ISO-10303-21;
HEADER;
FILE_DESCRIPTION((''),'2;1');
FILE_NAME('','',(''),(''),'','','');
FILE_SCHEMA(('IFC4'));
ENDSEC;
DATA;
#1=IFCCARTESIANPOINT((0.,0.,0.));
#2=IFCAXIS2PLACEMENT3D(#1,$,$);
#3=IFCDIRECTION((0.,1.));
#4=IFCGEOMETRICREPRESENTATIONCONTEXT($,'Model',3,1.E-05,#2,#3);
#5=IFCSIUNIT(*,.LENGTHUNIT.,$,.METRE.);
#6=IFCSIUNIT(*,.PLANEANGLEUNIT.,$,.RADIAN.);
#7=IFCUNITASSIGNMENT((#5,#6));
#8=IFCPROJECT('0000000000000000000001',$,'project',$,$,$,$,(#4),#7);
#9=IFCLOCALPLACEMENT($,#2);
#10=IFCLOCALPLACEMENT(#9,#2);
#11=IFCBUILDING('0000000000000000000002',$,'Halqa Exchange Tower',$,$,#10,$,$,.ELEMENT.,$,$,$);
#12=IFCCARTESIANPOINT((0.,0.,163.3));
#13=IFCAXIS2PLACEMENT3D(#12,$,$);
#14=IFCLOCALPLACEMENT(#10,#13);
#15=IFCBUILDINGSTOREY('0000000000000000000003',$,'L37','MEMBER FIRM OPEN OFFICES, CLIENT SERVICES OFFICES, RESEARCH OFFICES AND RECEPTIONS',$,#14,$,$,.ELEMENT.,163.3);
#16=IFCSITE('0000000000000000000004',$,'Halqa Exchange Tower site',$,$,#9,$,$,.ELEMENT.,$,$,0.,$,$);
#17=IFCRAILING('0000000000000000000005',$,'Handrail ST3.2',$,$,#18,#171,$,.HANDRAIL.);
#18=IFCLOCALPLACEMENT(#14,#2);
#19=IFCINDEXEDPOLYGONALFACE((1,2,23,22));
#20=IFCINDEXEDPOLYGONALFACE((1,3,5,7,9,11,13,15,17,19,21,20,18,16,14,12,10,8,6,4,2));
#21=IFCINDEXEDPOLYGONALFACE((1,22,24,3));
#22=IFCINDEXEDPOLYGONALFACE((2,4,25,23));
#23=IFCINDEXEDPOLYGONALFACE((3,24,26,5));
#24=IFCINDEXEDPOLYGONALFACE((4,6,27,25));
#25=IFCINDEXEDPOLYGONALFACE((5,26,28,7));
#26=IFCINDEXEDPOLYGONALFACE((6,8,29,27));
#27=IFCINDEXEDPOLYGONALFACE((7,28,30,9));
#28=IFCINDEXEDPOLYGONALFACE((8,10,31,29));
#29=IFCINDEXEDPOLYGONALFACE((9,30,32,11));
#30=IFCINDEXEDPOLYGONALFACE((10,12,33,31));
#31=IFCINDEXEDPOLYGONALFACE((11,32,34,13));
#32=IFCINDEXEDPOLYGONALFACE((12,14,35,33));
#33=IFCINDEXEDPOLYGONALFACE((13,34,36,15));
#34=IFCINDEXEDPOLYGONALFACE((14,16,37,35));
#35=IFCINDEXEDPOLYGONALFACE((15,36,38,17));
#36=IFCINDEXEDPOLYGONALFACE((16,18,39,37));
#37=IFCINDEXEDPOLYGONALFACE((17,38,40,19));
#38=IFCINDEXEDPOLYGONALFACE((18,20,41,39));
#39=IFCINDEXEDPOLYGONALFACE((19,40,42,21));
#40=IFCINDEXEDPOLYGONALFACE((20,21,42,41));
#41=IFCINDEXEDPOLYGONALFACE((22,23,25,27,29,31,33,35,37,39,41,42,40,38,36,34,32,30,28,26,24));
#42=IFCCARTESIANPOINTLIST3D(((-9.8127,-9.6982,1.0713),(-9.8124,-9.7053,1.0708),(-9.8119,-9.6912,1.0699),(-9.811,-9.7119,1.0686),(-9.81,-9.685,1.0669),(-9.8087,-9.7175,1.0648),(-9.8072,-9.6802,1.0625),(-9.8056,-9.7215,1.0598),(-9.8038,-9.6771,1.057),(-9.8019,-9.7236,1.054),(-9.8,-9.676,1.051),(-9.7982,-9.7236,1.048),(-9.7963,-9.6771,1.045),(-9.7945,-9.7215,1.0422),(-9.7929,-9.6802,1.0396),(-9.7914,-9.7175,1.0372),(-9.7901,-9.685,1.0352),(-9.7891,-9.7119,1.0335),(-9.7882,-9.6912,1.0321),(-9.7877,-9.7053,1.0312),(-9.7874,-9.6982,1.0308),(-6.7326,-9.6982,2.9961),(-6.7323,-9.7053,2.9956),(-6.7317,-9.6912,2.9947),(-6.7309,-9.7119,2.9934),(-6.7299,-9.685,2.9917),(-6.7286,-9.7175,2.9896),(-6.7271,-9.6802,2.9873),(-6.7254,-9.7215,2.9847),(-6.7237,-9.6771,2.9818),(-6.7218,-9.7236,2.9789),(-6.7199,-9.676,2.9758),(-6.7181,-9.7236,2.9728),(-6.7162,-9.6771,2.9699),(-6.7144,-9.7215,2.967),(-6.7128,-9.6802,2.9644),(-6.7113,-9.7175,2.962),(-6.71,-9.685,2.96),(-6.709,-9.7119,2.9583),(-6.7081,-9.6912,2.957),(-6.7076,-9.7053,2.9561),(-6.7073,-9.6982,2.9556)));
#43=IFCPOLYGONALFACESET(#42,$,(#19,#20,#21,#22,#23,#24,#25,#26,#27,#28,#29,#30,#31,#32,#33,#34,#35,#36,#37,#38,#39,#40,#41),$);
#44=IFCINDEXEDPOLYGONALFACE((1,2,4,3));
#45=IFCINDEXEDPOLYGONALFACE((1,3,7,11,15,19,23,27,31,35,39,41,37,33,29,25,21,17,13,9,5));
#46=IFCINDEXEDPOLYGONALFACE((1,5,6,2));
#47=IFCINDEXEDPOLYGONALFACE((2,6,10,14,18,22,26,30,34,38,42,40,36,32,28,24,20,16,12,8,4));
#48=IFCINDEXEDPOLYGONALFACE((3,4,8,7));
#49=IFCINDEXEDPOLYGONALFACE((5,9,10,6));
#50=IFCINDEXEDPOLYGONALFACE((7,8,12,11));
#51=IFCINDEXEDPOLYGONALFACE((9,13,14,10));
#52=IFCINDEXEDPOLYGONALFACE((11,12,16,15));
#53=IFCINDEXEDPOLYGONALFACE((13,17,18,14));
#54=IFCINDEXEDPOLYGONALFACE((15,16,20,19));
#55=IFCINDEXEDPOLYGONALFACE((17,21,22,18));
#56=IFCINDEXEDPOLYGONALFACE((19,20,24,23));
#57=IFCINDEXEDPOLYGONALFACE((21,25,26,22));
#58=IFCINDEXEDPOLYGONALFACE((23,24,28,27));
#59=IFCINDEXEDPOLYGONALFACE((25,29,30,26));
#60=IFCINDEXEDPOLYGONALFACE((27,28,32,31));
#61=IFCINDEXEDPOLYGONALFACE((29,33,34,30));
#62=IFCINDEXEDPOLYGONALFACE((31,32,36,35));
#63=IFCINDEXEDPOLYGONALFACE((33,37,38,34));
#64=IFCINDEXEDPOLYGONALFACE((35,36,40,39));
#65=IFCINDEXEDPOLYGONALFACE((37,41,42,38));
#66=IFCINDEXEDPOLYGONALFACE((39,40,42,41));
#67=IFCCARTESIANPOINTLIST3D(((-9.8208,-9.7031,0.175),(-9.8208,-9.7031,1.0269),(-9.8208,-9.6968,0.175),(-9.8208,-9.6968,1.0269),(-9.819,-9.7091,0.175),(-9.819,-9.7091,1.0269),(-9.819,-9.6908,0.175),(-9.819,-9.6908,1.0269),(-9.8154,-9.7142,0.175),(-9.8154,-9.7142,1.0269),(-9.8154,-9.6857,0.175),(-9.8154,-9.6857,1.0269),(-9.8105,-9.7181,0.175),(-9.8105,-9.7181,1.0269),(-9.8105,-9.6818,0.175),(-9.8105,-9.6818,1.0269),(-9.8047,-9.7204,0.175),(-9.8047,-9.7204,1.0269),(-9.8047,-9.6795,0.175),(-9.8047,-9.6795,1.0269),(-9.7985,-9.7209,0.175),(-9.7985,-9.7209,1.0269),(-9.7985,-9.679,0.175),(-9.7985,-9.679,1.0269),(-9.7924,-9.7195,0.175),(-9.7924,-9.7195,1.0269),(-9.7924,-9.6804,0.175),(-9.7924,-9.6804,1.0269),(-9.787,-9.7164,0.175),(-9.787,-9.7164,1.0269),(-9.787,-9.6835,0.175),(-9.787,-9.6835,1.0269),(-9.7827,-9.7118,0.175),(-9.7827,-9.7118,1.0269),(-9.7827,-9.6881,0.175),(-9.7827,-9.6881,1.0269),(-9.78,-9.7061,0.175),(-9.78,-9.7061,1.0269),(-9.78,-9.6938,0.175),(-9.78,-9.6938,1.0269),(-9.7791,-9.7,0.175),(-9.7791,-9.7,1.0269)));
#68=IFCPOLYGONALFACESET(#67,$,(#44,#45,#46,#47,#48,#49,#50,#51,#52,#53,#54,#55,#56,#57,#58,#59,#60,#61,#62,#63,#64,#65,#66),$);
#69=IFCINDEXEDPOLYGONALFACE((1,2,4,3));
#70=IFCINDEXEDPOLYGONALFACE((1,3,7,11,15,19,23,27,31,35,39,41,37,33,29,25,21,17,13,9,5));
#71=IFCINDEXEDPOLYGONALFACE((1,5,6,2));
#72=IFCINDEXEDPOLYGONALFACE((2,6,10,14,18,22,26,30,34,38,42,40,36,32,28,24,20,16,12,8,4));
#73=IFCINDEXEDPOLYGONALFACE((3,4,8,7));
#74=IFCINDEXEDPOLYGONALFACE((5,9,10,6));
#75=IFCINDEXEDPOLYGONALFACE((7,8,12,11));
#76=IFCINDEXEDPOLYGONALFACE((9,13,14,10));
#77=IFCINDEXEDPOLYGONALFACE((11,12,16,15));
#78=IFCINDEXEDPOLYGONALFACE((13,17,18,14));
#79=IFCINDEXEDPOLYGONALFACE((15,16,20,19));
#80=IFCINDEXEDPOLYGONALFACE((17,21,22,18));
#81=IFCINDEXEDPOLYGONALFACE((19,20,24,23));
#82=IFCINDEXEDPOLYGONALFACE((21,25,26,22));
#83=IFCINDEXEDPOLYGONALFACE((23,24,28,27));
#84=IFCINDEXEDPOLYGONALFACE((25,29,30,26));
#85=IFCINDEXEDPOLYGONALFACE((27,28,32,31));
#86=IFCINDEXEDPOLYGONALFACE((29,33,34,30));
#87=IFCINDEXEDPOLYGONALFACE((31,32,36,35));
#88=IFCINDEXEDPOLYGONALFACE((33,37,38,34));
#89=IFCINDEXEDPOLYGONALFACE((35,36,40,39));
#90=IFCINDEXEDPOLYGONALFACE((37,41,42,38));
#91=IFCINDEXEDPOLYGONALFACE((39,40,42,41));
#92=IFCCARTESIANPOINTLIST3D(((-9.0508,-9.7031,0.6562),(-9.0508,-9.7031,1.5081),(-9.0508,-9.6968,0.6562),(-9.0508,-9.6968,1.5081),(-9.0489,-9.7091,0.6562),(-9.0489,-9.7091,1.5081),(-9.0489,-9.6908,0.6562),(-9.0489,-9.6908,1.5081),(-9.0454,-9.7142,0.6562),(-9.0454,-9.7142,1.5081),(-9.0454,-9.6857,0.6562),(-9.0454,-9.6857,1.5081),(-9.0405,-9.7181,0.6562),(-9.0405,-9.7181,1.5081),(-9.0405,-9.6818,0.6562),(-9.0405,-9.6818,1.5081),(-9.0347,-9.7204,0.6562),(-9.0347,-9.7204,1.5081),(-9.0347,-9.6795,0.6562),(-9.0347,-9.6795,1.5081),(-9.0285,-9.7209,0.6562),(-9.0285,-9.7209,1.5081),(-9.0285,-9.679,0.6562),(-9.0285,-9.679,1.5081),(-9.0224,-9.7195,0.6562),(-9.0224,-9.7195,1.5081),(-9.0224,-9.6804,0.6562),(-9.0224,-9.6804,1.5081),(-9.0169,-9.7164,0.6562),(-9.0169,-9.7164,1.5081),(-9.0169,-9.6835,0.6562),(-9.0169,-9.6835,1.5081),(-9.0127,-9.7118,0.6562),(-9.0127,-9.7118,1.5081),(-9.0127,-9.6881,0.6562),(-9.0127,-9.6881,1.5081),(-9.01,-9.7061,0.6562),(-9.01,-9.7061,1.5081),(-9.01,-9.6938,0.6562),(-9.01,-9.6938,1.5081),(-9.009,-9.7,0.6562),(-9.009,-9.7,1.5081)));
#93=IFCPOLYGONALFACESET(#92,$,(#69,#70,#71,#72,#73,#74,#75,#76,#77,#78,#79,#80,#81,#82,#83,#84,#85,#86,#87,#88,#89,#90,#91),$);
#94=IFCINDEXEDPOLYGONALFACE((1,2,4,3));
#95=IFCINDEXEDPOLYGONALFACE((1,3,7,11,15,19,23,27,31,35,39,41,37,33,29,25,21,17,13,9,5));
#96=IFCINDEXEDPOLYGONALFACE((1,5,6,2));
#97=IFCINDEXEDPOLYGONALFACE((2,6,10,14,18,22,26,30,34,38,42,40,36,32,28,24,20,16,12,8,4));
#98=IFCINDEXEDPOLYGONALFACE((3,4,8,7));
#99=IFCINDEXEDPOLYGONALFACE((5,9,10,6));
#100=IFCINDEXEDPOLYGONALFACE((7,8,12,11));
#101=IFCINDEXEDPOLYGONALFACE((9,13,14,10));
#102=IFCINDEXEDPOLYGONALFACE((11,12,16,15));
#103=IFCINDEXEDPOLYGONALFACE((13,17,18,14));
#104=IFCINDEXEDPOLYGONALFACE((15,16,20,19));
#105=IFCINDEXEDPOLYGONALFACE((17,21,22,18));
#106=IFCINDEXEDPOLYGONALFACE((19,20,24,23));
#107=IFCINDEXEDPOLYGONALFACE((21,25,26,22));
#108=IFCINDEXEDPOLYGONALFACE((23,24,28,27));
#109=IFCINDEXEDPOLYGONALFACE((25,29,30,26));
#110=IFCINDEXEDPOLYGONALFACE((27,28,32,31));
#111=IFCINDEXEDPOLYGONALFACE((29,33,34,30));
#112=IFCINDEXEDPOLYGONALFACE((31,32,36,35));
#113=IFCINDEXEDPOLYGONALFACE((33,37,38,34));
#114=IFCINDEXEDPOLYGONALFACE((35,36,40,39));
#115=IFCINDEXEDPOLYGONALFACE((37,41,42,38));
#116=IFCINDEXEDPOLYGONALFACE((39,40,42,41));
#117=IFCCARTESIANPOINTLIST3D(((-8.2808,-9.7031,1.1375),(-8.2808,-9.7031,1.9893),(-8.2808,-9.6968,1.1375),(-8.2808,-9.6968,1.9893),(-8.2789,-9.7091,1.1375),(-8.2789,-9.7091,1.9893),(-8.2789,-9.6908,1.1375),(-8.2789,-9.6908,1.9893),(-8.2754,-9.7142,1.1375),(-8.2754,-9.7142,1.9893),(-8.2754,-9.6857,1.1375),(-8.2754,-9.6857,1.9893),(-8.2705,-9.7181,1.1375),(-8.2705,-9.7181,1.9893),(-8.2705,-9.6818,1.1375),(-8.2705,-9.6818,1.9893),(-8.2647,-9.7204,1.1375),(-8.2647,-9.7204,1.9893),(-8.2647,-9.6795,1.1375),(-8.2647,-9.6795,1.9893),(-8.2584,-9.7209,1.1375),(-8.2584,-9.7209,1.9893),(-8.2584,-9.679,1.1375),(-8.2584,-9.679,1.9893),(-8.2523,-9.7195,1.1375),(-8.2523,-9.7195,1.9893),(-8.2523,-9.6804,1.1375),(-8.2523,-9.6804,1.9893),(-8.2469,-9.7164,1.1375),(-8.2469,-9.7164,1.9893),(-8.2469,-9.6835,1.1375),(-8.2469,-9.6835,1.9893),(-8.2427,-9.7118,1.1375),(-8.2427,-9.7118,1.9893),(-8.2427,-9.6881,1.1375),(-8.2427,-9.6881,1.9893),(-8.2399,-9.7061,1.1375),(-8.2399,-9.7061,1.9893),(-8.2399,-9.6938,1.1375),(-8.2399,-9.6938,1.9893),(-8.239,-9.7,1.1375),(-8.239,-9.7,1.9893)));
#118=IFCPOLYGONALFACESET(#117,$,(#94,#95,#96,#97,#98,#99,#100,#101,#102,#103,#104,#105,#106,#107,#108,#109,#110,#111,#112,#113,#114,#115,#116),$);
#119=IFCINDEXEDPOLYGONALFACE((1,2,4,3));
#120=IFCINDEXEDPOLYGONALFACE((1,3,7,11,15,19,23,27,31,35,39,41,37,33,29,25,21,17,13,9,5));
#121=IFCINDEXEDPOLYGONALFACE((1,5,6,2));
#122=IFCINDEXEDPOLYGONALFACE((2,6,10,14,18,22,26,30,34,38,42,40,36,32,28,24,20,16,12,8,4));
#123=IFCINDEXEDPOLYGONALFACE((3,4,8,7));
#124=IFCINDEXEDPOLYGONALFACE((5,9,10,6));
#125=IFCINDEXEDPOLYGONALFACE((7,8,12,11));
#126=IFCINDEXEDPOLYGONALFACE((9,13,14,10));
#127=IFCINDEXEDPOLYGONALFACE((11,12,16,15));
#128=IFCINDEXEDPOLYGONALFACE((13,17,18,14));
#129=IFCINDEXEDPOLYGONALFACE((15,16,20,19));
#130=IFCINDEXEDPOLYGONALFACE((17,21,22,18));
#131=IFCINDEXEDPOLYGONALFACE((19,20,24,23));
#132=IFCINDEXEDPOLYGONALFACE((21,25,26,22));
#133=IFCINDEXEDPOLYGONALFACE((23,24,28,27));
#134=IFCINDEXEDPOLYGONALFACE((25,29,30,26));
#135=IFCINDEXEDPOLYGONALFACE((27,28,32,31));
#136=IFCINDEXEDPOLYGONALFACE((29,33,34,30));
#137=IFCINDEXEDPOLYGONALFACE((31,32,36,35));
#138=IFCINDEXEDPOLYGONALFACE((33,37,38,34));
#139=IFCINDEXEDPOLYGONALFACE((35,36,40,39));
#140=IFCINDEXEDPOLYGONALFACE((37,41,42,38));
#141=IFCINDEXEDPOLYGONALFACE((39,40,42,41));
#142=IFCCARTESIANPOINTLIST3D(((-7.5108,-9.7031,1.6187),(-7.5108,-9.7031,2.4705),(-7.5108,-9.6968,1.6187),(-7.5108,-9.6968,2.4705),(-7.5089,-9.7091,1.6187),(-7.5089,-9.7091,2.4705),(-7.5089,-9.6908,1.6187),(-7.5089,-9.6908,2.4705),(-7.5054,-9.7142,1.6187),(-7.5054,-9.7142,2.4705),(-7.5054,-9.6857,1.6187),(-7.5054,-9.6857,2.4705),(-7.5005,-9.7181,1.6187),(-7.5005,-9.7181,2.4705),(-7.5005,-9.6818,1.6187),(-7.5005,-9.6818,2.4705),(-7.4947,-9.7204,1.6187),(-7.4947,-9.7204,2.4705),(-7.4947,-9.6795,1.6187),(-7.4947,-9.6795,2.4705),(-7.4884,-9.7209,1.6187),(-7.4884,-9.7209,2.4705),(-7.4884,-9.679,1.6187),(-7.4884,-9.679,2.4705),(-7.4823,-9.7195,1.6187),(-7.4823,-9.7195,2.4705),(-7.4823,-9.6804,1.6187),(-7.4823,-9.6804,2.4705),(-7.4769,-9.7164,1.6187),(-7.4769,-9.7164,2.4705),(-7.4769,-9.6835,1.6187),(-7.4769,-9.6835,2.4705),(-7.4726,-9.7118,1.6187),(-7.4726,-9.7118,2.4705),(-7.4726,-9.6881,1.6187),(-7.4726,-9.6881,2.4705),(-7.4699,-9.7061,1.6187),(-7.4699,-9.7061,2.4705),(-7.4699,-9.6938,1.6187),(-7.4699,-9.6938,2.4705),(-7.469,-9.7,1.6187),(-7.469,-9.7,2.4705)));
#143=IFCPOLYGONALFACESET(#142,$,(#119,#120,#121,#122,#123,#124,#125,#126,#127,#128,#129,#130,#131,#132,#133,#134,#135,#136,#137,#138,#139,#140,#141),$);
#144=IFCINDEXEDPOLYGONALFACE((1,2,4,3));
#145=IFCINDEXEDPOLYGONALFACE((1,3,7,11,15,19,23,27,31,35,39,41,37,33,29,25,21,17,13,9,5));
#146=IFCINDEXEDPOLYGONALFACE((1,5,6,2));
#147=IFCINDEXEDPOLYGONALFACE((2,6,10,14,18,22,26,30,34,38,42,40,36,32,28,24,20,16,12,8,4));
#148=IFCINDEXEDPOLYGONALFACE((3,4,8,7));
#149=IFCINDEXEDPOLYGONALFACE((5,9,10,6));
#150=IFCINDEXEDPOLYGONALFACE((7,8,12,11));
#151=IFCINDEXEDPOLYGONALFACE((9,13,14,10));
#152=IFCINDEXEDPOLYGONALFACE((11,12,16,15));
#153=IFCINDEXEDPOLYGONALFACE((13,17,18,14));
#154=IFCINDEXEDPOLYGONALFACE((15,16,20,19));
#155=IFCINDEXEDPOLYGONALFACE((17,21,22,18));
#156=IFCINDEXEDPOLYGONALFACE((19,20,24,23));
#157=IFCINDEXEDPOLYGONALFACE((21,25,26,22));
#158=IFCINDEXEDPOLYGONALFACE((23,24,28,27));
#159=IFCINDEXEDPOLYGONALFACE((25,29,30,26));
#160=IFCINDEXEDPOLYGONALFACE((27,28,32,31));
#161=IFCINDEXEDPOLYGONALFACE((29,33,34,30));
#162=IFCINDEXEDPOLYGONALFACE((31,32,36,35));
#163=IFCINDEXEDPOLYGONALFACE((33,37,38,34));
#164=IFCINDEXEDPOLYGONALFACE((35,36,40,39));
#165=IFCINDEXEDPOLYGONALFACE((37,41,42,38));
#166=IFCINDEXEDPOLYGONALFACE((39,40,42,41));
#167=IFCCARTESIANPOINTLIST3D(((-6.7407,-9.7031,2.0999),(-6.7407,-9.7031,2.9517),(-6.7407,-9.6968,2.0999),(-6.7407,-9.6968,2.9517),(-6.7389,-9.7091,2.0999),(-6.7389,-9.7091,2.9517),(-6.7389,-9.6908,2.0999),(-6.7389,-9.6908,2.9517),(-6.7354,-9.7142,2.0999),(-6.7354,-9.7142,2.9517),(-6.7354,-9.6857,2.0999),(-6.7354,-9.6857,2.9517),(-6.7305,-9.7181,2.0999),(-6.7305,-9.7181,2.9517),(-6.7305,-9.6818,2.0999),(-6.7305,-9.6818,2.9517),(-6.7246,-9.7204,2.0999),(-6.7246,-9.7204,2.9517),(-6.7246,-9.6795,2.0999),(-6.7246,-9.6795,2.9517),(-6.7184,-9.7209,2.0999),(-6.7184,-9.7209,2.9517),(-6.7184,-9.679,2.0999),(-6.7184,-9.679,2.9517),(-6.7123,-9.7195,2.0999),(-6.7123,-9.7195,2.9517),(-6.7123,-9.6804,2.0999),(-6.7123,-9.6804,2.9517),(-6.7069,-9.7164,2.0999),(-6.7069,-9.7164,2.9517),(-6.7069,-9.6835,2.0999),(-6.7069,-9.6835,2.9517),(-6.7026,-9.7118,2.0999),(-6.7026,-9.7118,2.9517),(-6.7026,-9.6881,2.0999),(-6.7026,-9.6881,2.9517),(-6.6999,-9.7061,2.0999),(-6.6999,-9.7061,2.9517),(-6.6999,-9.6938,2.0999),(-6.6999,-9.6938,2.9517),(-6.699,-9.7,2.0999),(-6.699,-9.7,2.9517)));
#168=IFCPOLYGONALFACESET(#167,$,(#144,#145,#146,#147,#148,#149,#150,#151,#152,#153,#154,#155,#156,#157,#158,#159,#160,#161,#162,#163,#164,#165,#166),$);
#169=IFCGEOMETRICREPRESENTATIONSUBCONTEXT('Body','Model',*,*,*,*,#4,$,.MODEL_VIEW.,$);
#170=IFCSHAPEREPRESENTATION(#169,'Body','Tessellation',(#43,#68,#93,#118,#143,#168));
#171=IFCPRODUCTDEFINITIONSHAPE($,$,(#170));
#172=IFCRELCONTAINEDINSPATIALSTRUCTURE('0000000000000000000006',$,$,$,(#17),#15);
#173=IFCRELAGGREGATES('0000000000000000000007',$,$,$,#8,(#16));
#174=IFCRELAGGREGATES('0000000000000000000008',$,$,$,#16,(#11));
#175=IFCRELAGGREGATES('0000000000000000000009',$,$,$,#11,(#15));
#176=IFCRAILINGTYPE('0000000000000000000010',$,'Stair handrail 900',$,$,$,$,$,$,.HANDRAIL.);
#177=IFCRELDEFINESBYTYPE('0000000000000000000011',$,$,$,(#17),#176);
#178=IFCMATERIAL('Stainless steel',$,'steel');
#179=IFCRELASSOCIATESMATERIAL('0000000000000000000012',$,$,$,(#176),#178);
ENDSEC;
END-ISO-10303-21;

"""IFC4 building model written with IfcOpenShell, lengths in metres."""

from ifc_helpers import new_model, si_unit, direction, frame, origin, origin_2d, place, context, subcontext, project, spatial, circle, extrude, material, type_object, element, save


model = new_model("IFC4")

# Units and contexts
model_context = context("Model", 3, precision=1e-05, world=origin(), true_north=direction((0.0, 1.0)))
body_context = subcontext(model_context, "Body", "Model", "MODEL_VIEW")
ifc_project = project(units=[si_unit("LENGTHUNIT", "METRE"), si_unit("PLANEANGLEUNIT", "RADIAN")], contexts=[model_context])

# Site, building, storey
site_placement = place(None, origin())
site = spatial("IfcSite", under=ifc_project, at=site_placement, Name="Halqa Exchange Tower site", CompositionType="ELEMENT", RefElevation=0.0)
building_placement = place(site_placement, origin())
building = spatial("IfcBuilding", under=site, at=building_placement, Name="Halqa Exchange Tower", CompositionType="ELEMENT")
storey_placement = place(building_placement, frame((0.0, 0.0, 163.3)))
storey = spatial("IfcBuildingStorey", under=building, at=storey_placement, Name="L37", Description="MEMBER FIRM OPEN OFFICES, CLIENT SERVICES OFFICES, RESEARCH OFFICES AND RECEPTIONS", CompositionType="ELEMENT", Elevation=163.3)

# Shared definitions
ifc_material_1 = material(Name="Stainless steel", Category="steel")

# Railing
railing_type_1 = type_object("IfcRailingType", Name="Stair handrail 900", PredefinedType="HANDRAIL", material=ifc_material_1)
railing_1_placement = place(storey_placement, frame((-9.8, -9.7, 0.175)))
element("IfcRailing", 1, at=railing_1_placement, inside=storey, type_object=railing_type_1, Name="Handrail ST3.2", PredefinedType="HANDRAIL", context=body_context, shape_type="SweptSolid", body=[
    extrude(circle(Radius=0.0239, at=origin_2d()), frame((0.0, 0.0, 0.876), z_axis=(0.848029, 0.0, 0.529951), x_axis=(0.0, 1.0, 0.0)), (0.0, 0.0, 1.0), 3.6321),
    extrude(circle(Radius=0.021, at=origin_2d()), origin(), (0.0, 0.0, 1.0), 0.8518),
    extrude(circle(Radius=0.021, at=origin_2d()), frame((0.77, 0.0, 0.4812)), (0.0, 0.0, 1.0), 0.8518),
    extrude(circle(Radius=0.021, at=origin_2d()), frame((1.54, 0.0, 0.9624)), (0.0, 0.0, 1.0), 0.8518),
    extrude(circle(Radius=0.021, at=origin_2d()), frame((2.3101, 0.0, 1.4436)), (0.0, 0.0, 1.0), 0.8518),
    extrude(circle(Radius=0.021, at=origin_2d()), frame((3.0801, 0.0, 1.9248)), (0.0, 0.0, 1.0), 0.8518),
])

save(model, "model.ifc")
